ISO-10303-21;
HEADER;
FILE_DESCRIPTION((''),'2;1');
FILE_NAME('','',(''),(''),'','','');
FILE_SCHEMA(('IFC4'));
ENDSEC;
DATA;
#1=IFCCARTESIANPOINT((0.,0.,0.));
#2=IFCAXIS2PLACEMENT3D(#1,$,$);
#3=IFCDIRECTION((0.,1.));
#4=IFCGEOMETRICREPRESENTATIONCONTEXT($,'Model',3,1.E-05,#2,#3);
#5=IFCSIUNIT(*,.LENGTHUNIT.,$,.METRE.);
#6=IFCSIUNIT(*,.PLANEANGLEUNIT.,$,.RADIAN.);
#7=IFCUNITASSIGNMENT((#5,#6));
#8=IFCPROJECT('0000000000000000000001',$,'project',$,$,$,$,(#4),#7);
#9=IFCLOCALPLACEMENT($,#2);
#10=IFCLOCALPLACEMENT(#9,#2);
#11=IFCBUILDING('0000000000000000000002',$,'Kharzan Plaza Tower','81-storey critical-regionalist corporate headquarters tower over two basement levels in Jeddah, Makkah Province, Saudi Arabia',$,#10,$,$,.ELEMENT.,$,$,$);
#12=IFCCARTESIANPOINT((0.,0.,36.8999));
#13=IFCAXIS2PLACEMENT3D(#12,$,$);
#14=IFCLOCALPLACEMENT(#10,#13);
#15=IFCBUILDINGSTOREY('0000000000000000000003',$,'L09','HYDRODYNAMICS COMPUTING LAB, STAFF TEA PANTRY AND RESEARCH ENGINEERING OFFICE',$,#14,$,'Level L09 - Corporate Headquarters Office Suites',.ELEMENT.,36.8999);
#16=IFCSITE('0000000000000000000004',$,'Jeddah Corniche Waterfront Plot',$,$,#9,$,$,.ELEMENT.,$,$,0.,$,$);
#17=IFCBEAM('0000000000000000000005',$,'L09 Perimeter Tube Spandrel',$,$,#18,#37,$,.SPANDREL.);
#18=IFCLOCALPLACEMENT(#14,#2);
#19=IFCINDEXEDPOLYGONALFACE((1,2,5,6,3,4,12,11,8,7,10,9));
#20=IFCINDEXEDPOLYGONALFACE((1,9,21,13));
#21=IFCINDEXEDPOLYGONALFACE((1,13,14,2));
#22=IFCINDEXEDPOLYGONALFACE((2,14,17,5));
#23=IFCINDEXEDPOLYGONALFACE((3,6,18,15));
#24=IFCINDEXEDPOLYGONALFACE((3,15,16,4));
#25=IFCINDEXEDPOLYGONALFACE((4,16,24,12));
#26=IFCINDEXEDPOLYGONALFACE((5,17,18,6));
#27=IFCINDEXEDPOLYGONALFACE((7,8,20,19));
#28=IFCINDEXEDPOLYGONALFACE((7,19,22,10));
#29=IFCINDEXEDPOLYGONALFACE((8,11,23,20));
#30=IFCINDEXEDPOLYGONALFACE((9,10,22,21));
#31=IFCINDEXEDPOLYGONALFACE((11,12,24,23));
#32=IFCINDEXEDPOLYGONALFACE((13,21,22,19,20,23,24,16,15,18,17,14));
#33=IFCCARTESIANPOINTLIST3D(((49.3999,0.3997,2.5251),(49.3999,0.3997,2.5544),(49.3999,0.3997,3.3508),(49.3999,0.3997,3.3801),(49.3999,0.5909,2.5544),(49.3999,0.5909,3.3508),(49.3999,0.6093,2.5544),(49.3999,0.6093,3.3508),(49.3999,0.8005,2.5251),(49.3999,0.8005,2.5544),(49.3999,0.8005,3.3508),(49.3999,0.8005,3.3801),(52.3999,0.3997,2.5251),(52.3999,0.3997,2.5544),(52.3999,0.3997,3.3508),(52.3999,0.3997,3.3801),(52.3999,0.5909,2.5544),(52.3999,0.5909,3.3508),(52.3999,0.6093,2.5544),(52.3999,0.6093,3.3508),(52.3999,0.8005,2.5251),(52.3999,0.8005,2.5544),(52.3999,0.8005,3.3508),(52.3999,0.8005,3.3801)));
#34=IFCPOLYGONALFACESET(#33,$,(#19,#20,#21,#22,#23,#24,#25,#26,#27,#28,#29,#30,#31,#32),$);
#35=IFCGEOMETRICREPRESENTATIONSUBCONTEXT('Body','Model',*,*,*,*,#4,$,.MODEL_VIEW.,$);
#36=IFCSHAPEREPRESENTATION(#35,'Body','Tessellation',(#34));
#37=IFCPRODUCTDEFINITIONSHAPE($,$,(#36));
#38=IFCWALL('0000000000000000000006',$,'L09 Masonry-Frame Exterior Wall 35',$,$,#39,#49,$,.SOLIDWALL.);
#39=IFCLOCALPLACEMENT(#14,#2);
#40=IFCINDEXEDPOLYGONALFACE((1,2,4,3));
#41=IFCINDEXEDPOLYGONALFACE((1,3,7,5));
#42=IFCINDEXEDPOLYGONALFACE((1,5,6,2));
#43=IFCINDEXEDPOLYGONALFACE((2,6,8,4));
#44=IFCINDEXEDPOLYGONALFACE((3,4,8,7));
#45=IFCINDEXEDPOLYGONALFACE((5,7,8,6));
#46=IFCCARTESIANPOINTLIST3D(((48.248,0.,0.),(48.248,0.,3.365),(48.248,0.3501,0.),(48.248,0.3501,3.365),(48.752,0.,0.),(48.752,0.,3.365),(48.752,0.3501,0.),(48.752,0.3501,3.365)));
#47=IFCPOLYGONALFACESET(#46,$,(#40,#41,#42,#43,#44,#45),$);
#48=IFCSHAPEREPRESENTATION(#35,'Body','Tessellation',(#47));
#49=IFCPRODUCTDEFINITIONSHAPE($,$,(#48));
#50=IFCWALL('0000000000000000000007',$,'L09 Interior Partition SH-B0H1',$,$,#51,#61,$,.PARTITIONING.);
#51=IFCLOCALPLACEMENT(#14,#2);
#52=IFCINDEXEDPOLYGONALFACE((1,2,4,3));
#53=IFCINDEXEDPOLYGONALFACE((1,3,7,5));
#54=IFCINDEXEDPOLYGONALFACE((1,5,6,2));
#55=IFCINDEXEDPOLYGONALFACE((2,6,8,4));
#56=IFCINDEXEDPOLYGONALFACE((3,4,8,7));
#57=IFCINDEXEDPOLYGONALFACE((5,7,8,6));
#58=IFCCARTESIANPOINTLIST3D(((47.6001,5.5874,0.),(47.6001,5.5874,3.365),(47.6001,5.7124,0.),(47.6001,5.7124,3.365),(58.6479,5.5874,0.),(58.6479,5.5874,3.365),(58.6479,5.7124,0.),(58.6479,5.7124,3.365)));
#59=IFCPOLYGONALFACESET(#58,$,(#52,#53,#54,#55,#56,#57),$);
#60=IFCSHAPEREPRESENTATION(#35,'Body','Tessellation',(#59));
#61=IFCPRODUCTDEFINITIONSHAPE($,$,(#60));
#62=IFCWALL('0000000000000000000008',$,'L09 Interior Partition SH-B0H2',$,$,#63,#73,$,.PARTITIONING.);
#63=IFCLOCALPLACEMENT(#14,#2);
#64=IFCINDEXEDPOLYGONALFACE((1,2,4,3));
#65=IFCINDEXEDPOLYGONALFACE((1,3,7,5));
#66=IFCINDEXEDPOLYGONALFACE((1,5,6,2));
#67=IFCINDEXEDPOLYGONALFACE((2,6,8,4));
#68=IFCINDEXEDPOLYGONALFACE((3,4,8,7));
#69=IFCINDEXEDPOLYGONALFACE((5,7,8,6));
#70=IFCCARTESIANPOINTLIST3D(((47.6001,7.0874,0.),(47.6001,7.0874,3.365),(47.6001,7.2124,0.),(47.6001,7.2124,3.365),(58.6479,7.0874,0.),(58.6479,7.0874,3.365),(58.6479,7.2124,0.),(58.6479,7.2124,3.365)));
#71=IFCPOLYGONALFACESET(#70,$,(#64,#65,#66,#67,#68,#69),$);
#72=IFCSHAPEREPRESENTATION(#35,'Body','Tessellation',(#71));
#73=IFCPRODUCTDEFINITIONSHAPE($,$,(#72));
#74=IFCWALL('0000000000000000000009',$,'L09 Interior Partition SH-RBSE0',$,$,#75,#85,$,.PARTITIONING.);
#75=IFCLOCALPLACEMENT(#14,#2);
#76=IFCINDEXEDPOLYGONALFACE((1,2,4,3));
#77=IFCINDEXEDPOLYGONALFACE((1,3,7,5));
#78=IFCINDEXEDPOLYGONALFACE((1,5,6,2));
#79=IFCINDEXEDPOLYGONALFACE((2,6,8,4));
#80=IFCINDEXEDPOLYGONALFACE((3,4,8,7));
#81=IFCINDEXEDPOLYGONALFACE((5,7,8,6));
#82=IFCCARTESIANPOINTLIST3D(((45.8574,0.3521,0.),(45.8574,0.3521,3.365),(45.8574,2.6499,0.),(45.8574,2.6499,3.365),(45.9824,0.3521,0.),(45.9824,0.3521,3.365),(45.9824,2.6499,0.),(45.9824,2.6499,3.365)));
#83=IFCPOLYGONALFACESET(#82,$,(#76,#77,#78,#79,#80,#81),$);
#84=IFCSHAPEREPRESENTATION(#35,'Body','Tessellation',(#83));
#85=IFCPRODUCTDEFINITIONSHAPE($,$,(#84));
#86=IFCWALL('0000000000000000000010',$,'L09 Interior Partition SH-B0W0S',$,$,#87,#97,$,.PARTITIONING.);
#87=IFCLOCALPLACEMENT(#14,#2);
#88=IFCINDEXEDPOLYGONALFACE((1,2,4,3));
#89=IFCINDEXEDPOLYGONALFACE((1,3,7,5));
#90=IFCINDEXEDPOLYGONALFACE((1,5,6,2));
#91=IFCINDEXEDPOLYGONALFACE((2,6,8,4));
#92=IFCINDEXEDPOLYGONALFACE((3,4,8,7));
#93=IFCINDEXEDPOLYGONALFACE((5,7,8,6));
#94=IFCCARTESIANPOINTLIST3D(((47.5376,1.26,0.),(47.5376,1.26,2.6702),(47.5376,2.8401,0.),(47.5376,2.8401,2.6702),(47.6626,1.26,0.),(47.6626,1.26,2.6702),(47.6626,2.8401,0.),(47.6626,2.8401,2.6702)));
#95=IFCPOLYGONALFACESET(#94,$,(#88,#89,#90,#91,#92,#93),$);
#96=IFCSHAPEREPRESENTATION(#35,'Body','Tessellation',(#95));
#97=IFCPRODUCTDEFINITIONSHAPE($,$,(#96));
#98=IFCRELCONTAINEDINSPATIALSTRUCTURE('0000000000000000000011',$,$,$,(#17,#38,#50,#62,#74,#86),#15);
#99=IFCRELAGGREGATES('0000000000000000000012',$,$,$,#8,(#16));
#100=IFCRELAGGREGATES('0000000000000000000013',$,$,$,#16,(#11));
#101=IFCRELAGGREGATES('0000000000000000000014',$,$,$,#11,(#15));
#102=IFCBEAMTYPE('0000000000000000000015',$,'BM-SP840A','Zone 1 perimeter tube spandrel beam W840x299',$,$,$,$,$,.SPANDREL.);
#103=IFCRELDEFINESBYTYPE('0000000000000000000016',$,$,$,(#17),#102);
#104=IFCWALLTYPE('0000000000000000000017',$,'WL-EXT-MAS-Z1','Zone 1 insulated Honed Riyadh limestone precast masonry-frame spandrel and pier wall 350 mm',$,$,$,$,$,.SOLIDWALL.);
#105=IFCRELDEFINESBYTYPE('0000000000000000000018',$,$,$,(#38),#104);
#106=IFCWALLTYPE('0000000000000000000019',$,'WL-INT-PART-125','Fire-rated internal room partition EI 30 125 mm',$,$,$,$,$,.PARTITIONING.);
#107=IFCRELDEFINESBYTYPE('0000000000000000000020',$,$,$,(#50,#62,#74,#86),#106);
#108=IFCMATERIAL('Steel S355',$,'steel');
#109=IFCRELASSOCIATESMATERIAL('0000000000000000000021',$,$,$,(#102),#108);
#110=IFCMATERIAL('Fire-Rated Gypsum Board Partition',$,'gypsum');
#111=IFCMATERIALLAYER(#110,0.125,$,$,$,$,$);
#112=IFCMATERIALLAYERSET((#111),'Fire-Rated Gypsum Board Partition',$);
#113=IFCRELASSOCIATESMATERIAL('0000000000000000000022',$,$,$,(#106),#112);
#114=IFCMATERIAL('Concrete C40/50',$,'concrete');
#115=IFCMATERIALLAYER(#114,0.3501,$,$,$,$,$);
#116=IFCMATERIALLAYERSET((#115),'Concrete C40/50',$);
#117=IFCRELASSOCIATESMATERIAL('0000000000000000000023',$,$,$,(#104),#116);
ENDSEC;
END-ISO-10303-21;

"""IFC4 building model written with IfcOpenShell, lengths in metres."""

from ifc_helpers import new_model, si_unit, direction, frame, frame_2d, origin, origin_2d, place, context, subcontext, project, spatial, rectangle, i_section, extrude, source, transform, mapped, material, layer, layer_set, material_profile, profile_set, type_object, element, save


model = new_model("IFC4")

# Units and contexts
model_context = context("Model", 3, precision=1e-05, world=origin(), true_north=direction((0.0, 1.0)))
body_context = subcontext(model_context, "Body", "Model", "MODEL_VIEW")
ifc_project = project(units=[si_unit("LENGTHUNIT", "METRE"), si_unit("PLANEANGLEUNIT", "RADIAN")], contexts=[model_context])

# Site, building, storey
site_placement = place(None, origin())
site = spatial("IfcSite", under=ifc_project, at=site_placement, Name="Jeddah Corniche Waterfront Plot", CompositionType="ELEMENT", RefElevation=0.0)
building_placement = place(site_placement, origin())
building = spatial("IfcBuilding", under=site, at=building_placement, Name="Kharzan Plaza Tower", Description="81-storey critical-regionalist corporate headquarters tower over two basement levels in Jeddah, Makkah Province, Saudi Arabia", CompositionType="ELEMENT")
storey_placement = place(building_placement, frame((0.0, 0.0, 36.8999)))
storey = spatial("IfcBuildingStorey", under=building, at=storey_placement, Name="L09", Description="HYDRODYNAMICS COMPUTING LAB, STAFF TEA PANTRY AND RESEARCH ENGINEERING OFFICE", LongName="Level L09 - Corporate Headquarters Office Suites", CompositionType="ELEMENT", Elevation=36.8999)

# Beam
ifc_material_1 = material(Name="Steel S355", Category="steel")
ifc_material_profile_1 = material_profile(ifc_material_1, i_section(OverallWidth=0.4009, OverallDepth=0.855, WebThickness=0.0183, FlangeThickness=0.0293, at=origin_2d()), Name="W840x299")
ifc_profile_set_1 = profile_set([ifc_material_profile_1], Name="Steel S355")
beam_type_1 = type_object("IfcBeamType", Name="BM-SP840A", Description="Zone 1 perimeter tube spandrel beam W840x299", PredefinedType="SPANDREL", material=ifc_profile_set_1)
shared_shape_1 = source(origin(), body_context, "Body", "SweptSolid", [
    extrude(i_section(OverallWidth=0.4009, OverallDepth=0.855, WebThickness=0.0183, FlangeThickness=0.0293, at=origin_2d()), origin(), (0.0, 0.0, 1.0), 3.0),
])
beam_1_placement = place(storey_placement, frame((49.3999, 0.6001, 2.9526), z_axis=(1.0, 0.0, 0.0), x_axis=(0.0, 1.0, 0.0)))
element("IfcBeam", 1, at=beam_1_placement, inside=storey, type_object=beam_type_1, Name="L09 Perimeter Tube Spandrel", PredefinedType="SPANDREL", context=body_context, shape_type="MappedRepresentation", body=[
    mapped(shared_shape_1, transform((0.0, 0.0, 0.0), x_axis=(1.0, 0.0, 0.0), y_axis=(0.0, 1.0, 0.0), z_axis=(0.0, 0.0, 1.0))),
])

# Shared definitions
ifc_material_2 = material(Name="Fire-Rated Gypsum Board Partition", Category="gypsum")
ifc_layer_1 = layer(ifc_material_2, 0.125)
ifc_layer_set_1 = layer_set([ifc_layer_1], Name="Fire-Rated Gypsum Board Partition")
wall_type_1 = type_object("IfcWallType", Name="WL-INT-PART-125", Description="Fire-rated internal room partition EI 30 125 mm", PredefinedType="PARTITIONING", material=ifc_layer_set_1)

# Walls
ifc_material_3 = material(Name="Concrete C40/50", Category="concrete")
ifc_layer_2 = layer(ifc_material_3, 0.3501)
ifc_layer_set_2 = layer_set([ifc_layer_2], Name="Concrete C40/50")
wall_type_2 = type_object("IfcWallType", Name="WL-EXT-MAS-Z1", Description="Zone 1 insulated Honed Riyadh limestone precast masonry-frame spandrel and pier wall 350 mm", PredefinedType="SOLIDWALL", material=ifc_layer_set_2)
shared_shape_2 = source(origin(), body_context, "Body", "SweptSolid", [
    extrude(rectangle(XDim=0.5039, YDim=0.3501, at=frame_2d((0.252, 0.0))), origin(), (0.0, 0.0, 1.0), 3.365),
])
wall_1_placement = place(storey_placement, frame((48.248, 0.175, 0.0), z_axis=(0.0, 0.0, 1.0), x_axis=(1.0, 0.0, 0.0)))
element("IfcWall", 2, at=wall_1_placement, inside=storey, type_object=wall_type_2, Name="L09 Masonry-Frame Exterior Wall 35", PredefinedType="SOLIDWALL", context=body_context, shape_type="MappedRepresentation", body=[
    mapped(shared_shape_2, transform((0.0, 0.0, 0.0), x_axis=(1.0, 0.0, 0.0), y_axis=(0.0, 1.0, 0.0), z_axis=(0.0, 0.0, 1.0))),
])
shared_shape_3 = source(origin(), body_context, "Body", "SweptSolid", [
    extrude(rectangle(XDim=11.0479, YDim=0.125, at=frame_2d((5.5239, 0.0))), origin(), (0.0, 0.0, 1.0), 3.365),
])
for number, where, z_axis, x_axis, name in (
    (3, (47.6001, 5.6499, 0.0), (0.0, 0.0, 1.0), (1.0, 0.0, 0.0), "L09 Interior Partition SH-B0H1"),
    (4, (47.6001, 7.1499, 0.0), (0.0, 0.0, 1.0), (1.0, 0.0, 0.0), "L09 Interior Partition SH-B0H2"),
):
    element("IfcWall", number, at=place(storey_placement, frame(where, z_axis=z_axis, x_axis=x_axis)), inside=storey, type_object=wall_type_1, Name=name, PredefinedType="PARTITIONING", context=body_context, shape_type="MappedRepresentation", body=[
        mapped(shared_shape_3, transform((0.0, 0.0, 0.0), x_axis=(1.0, 0.0, 0.0), y_axis=(0.0, 1.0, 0.0), z_axis=(0.0, 0.0, 1.0))),
    ])
shared_shape_4 = source(origin(), body_context, "Body", "SweptSolid", [
    extrude(rectangle(XDim=2.2979, YDim=0.125, at=frame_2d((1.1489, 0.0))), origin(), (0.0, 0.0, 1.0), 3.365),
])
wall_2_placement = place(storey_placement, frame((45.9199, 0.3521, 0.0), z_axis=(0.0, 0.0, 1.0), x_axis=(0.0, 1.0, 0.0)))
element("IfcWall", 5, at=wall_2_placement, inside=storey, type_object=wall_type_1, Name="L09 Interior Partition SH-RBSE0", PredefinedType="PARTITIONING", context=body_context, shape_type="MappedRepresentation", body=[
    mapped(shared_shape_4, transform((0.0, 0.0, 0.0), x_axis=(1.0, 0.0, 0.0), y_axis=(0.0, 1.0, 0.0), z_axis=(0.0, 0.0, 1.0))),
])
shared_shape_5 = source(origin(), body_context, "Body", "SweptSolid", [
    extrude(rectangle(XDim=1.5801, YDim=0.125, at=frame_2d((0.79, 0.0))), origin(), (0.0, 0.0, 1.0), 2.6702),
])
wall_3_placement = place(storey_placement, frame((47.6001, 1.26, 0.0), z_axis=(0.0, 0.0, 1.0), x_axis=(0.0, 1.0, 0.0)))
element("IfcWall", 6, at=wall_3_placement, inside=storey, type_object=wall_type_1, Name="L09 Interior Partition SH-B0W0S", PredefinedType="PARTITIONING", context=body_context, shape_type="MappedRepresentation", body=[
    mapped(shared_shape_5, transform((0.0, 0.0, 0.0), x_axis=(1.0, 0.0, 0.0), y_axis=(0.0, 1.0, 0.0), z_axis=(0.0, 0.0, 1.0))),
])

save(model, "model.ifc")
